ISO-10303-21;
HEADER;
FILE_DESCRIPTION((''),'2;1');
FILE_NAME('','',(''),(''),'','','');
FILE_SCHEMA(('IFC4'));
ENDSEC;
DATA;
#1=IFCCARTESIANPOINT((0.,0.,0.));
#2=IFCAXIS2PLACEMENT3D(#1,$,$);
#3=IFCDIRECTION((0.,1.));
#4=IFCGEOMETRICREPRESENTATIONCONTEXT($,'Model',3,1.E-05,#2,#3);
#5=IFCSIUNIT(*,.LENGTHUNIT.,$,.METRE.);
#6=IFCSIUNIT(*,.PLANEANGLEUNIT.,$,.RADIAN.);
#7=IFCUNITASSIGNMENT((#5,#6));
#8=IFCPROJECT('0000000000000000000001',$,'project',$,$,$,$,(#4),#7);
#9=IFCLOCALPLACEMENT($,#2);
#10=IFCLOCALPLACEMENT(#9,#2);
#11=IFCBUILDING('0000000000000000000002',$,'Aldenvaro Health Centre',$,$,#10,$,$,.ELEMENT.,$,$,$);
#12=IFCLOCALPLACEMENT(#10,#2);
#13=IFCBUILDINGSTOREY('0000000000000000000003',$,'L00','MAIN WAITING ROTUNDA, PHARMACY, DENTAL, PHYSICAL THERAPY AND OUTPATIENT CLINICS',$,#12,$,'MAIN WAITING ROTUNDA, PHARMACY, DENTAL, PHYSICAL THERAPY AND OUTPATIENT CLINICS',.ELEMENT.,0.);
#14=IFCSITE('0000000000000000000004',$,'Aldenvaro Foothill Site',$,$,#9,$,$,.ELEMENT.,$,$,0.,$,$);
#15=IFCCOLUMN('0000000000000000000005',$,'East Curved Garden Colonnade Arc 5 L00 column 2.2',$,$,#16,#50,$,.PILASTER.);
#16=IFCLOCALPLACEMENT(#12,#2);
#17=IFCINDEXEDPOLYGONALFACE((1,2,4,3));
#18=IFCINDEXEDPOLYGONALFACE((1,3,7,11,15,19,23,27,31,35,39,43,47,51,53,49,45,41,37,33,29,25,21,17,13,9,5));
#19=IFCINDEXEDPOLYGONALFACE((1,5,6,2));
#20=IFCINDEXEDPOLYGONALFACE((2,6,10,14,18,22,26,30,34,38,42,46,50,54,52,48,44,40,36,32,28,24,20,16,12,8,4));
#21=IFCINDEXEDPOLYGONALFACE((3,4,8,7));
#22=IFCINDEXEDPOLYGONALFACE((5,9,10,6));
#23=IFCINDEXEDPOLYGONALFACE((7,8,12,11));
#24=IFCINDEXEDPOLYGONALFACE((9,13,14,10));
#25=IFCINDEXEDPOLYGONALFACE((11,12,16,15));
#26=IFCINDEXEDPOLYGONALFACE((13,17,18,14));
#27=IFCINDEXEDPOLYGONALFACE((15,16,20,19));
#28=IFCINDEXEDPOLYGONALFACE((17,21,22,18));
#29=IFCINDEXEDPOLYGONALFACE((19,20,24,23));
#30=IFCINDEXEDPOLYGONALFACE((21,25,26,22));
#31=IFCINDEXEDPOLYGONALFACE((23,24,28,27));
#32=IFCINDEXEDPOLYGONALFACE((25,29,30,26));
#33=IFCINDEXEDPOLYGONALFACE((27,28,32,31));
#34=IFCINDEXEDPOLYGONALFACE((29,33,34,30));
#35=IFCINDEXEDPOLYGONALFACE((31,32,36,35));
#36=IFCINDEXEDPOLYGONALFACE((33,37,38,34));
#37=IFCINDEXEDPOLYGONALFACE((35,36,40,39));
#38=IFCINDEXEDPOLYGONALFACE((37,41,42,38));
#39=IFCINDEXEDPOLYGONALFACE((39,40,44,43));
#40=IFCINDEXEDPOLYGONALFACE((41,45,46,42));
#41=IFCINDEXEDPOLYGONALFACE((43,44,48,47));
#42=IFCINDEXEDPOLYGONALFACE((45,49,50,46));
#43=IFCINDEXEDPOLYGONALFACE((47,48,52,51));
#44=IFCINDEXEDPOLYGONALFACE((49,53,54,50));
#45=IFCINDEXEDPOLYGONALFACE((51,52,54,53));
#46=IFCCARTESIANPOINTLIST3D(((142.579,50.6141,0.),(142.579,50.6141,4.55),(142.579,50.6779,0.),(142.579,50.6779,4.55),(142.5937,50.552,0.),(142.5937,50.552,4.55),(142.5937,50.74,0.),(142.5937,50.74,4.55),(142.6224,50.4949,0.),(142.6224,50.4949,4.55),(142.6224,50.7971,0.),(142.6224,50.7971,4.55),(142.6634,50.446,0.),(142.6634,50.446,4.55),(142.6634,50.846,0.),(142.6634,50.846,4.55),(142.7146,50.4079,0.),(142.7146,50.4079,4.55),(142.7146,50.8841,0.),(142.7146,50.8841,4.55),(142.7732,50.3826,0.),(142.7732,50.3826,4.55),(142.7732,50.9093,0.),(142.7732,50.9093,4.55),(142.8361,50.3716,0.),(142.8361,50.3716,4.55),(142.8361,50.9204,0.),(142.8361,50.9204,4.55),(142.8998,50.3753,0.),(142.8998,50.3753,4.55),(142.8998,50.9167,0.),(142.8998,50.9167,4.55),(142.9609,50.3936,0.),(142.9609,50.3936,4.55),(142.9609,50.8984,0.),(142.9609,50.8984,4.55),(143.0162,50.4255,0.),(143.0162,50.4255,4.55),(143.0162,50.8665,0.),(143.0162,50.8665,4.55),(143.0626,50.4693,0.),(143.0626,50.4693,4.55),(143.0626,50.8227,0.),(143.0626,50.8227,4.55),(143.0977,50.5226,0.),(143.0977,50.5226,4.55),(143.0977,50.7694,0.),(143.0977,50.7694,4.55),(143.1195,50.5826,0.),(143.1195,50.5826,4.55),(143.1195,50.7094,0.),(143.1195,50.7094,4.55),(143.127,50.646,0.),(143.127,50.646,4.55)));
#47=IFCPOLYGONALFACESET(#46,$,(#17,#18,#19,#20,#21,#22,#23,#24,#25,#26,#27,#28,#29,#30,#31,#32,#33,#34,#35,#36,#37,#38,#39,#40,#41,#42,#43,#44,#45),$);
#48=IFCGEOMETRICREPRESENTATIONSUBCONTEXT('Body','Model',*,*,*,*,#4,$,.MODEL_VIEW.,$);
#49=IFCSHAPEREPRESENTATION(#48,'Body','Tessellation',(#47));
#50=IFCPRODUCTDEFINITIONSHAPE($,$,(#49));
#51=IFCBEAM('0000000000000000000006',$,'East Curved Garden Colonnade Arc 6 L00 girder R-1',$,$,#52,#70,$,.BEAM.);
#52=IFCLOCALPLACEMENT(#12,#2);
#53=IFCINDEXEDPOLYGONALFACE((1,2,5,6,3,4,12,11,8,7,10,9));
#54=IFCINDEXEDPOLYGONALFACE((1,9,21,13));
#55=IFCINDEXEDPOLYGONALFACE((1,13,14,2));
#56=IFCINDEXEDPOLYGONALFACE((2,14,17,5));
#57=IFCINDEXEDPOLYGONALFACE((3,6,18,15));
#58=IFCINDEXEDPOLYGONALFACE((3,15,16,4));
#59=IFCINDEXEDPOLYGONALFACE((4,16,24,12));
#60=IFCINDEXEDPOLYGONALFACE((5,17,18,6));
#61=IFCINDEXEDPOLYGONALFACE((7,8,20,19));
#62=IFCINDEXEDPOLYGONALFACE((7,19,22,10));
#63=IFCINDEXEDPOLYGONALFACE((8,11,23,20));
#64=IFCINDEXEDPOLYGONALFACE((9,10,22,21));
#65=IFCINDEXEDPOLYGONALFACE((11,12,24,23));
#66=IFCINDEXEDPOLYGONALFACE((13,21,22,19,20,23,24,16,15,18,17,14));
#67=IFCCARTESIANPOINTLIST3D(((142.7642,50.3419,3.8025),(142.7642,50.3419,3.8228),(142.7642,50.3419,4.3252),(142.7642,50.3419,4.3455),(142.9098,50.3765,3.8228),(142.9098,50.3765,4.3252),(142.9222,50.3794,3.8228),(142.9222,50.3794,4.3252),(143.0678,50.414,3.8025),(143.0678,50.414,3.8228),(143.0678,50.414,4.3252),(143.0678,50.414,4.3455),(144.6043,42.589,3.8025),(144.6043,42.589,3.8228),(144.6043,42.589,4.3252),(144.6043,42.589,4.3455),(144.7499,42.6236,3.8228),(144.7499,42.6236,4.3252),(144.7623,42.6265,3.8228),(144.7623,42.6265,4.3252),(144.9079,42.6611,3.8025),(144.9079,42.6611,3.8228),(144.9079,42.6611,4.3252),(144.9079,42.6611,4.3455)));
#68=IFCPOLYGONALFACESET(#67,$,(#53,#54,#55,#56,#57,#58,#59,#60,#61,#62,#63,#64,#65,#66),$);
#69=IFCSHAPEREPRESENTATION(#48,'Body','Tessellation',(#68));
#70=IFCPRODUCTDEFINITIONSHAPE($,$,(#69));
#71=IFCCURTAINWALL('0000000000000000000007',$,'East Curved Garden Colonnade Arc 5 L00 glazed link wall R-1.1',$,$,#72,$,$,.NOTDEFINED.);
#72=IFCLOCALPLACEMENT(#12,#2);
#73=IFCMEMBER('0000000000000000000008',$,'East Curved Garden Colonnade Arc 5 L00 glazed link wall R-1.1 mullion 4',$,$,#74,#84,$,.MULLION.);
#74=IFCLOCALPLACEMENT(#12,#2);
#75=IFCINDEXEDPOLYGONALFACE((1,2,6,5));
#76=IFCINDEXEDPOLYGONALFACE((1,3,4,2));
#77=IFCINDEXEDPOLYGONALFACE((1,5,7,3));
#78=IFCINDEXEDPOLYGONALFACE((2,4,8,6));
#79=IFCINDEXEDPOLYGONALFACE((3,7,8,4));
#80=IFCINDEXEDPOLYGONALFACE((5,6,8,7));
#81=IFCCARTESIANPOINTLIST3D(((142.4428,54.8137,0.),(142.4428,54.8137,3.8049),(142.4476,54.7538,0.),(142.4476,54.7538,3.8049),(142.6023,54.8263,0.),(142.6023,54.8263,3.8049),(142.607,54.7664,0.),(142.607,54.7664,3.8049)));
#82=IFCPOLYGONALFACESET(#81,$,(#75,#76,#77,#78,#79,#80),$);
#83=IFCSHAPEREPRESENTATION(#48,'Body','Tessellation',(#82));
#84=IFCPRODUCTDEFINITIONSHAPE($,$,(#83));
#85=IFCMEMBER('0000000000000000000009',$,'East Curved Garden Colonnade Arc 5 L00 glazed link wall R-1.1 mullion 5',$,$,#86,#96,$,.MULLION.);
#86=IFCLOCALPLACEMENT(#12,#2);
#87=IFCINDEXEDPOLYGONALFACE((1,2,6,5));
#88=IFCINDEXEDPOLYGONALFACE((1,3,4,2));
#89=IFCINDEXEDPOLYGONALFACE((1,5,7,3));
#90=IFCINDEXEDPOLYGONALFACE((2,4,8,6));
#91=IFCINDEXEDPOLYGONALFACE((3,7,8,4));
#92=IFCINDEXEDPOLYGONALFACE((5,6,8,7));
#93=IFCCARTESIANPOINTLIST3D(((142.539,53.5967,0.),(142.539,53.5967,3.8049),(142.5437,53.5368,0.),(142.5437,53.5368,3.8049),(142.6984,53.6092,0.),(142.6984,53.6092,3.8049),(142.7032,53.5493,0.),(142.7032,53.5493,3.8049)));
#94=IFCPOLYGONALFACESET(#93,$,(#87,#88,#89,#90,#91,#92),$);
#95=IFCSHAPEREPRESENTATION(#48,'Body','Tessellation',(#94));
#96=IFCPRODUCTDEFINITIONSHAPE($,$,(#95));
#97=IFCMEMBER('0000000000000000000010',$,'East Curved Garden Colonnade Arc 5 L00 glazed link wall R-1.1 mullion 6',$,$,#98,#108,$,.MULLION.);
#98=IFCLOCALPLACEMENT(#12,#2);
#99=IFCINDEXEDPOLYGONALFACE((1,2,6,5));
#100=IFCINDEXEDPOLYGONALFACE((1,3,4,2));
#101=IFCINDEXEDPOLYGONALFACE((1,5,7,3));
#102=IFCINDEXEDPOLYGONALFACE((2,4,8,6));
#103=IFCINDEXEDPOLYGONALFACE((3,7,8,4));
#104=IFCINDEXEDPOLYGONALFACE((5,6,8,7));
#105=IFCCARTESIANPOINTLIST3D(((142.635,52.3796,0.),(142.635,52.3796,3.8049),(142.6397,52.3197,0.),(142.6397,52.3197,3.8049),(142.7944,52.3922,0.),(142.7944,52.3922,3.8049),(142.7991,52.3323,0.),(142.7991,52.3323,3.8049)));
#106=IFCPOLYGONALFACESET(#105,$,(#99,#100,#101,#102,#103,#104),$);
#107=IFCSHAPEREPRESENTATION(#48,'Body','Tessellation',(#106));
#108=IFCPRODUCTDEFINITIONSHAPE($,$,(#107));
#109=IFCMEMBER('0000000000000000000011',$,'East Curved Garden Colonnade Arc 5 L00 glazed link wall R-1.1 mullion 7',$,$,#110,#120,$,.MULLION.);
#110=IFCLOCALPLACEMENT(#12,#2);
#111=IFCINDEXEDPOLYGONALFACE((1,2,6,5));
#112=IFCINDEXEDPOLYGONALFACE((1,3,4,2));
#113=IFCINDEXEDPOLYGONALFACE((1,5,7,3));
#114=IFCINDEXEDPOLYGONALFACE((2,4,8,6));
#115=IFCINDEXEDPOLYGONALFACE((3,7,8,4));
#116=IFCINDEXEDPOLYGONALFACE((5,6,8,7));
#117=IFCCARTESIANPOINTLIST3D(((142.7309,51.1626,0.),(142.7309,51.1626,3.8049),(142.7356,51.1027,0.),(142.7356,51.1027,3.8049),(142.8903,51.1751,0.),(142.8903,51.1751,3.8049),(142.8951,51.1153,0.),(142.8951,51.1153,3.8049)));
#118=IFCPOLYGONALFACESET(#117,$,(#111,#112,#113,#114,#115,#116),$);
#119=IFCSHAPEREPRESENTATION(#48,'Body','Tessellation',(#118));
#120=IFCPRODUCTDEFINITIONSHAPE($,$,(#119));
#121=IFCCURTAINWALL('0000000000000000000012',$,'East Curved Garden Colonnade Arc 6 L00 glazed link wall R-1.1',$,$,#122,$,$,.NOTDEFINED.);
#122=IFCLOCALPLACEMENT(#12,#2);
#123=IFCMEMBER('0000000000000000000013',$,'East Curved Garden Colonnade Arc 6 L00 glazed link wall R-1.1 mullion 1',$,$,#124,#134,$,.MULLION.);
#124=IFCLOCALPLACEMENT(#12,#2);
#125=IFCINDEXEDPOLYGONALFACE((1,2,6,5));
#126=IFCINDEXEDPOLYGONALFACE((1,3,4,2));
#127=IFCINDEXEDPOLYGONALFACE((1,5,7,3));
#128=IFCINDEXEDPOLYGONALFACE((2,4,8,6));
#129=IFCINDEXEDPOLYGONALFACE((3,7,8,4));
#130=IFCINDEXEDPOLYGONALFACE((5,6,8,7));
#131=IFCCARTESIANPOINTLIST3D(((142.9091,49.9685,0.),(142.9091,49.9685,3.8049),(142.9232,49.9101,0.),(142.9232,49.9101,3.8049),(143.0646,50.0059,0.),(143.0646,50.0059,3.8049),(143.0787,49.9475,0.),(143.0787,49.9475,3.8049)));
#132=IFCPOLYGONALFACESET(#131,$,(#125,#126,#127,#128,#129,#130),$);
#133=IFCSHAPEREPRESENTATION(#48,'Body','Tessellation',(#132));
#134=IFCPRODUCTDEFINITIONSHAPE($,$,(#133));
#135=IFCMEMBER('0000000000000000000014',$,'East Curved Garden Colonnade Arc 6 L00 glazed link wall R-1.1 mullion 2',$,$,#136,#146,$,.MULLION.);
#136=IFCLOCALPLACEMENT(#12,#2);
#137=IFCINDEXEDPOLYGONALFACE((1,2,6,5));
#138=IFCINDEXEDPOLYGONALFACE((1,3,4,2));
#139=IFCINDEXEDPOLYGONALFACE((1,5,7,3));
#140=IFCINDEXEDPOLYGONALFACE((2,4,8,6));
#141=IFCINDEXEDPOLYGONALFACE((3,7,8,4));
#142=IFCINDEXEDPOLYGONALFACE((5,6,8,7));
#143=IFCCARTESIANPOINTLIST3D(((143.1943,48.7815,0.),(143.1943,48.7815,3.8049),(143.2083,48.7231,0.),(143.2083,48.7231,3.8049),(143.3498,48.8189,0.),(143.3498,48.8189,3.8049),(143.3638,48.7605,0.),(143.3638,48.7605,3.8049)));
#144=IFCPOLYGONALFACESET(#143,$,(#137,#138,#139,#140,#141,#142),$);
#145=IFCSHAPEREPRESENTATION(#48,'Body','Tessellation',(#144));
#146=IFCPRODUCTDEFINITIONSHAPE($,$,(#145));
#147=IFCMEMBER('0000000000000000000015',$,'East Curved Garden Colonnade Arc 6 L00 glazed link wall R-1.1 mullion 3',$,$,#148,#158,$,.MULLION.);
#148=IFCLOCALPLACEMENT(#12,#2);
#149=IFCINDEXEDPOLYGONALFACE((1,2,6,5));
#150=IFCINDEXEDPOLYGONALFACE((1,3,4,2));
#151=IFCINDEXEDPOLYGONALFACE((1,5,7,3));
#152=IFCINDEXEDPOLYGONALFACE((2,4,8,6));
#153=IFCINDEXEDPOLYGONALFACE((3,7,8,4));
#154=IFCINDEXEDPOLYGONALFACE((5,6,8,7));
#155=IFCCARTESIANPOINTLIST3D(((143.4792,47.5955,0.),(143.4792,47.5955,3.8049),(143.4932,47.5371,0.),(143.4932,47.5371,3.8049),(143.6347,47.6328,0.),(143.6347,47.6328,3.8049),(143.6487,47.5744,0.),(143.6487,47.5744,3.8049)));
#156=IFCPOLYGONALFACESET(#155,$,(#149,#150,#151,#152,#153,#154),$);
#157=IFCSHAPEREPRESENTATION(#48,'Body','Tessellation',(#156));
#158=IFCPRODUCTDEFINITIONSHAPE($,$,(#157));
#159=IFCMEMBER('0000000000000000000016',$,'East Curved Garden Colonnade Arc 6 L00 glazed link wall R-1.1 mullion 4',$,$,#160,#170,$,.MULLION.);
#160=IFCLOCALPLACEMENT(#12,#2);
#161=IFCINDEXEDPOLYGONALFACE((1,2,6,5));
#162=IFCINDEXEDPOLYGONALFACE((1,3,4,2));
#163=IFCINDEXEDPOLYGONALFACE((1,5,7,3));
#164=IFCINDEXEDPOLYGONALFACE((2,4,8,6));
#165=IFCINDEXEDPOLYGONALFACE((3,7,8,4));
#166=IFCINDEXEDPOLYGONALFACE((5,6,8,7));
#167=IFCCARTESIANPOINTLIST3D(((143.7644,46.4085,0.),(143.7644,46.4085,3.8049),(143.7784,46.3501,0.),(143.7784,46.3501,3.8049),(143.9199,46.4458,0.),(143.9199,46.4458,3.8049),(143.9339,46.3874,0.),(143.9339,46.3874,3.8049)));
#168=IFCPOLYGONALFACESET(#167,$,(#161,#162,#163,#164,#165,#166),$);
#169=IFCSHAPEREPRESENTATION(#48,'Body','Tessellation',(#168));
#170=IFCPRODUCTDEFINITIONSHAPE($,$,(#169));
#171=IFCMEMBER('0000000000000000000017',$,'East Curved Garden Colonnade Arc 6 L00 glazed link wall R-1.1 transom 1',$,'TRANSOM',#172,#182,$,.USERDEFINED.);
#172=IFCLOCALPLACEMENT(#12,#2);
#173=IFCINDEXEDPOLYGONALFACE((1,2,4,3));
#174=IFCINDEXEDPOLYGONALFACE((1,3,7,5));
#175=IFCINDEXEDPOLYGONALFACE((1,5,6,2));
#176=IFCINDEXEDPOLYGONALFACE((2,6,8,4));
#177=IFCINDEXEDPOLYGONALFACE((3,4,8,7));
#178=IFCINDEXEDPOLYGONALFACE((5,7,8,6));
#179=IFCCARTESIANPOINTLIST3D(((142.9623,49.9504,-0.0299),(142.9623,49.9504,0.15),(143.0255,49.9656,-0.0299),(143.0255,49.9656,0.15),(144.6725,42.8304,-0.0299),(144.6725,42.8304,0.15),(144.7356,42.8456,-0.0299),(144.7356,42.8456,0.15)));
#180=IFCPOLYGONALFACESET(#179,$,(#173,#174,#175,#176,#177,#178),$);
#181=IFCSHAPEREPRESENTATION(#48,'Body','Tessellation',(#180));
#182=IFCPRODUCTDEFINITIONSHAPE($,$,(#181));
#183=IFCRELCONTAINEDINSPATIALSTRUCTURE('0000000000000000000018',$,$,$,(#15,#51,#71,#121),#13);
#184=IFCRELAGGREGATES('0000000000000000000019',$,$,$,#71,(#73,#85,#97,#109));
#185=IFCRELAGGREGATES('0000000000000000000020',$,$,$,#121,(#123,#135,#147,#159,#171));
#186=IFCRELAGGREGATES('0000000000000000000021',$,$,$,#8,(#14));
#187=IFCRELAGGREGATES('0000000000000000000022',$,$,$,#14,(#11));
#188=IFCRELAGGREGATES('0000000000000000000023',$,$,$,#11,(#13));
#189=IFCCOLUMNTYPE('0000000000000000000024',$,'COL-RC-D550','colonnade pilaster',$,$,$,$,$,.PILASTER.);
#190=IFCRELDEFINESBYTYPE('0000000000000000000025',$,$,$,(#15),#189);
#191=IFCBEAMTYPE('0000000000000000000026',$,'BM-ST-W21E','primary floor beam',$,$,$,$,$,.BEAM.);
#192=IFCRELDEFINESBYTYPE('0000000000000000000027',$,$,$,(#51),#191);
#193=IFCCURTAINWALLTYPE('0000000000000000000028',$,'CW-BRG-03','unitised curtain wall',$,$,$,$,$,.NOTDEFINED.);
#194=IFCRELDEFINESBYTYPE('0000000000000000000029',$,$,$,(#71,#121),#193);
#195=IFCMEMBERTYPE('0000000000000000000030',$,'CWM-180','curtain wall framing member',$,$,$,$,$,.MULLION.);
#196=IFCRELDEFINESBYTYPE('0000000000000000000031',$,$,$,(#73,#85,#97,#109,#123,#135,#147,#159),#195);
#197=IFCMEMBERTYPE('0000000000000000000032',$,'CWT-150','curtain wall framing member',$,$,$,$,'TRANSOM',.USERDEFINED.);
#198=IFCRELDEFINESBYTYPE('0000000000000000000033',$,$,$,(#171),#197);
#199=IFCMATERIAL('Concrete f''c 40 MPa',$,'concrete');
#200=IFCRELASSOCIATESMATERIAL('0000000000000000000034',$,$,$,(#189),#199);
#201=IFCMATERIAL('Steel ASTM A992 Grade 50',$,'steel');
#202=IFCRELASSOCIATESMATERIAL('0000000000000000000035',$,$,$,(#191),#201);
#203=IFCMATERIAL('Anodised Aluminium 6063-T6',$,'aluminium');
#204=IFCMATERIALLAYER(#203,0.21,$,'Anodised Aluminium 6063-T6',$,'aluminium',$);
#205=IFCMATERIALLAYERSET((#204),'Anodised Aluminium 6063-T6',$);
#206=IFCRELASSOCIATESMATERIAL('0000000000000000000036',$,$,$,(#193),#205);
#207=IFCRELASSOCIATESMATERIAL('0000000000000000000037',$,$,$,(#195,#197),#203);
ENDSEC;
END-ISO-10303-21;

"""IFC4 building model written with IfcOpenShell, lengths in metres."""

from ifc_helpers import new_model, si_unit, direction, frame, origin, origin_2d, place, context, subcontext, project, spatial, rectangle, circle, i_section, extrude, material, layer, layer_set, material_profile, profile_set, type_object, element, aggregate, save


model = new_model("IFC4")

# Units and contexts
model_context = context("Model", 3, precision=1e-05, world=origin(), true_north=direction((0.0, 1.0)))
body_context = subcontext(model_context, "Body", "Model", "MODEL_VIEW")
ifc_project = project(units=[si_unit("LENGTHUNIT", "METRE"), si_unit("PLANEANGLEUNIT", "RADIAN")], contexts=[model_context])

# Site, building, storey
site_placement = place(None, origin())
site = spatial("IfcSite", under=ifc_project, at=site_placement, Name="Aldenvaro Foothill Site", CompositionType="ELEMENT", RefElevation=0.0)
building_placement = place(site_placement, origin())
building = spatial("IfcBuilding", under=site, at=building_placement, Name="Aldenvaro Health Centre", CompositionType="ELEMENT")
storey_placement = place(building_placement, origin())
storey = spatial("IfcBuildingStorey", under=building, at=storey_placement, Name="L00", Description="MAIN WAITING ROTUNDA, PHARMACY, DENTAL, PHYSICAL THERAPY AND OUTPATIENT CLINICS", LongName="MAIN WAITING ROTUNDA, PHARMACY, DENTAL, PHYSICAL THERAPY AND OUTPATIENT CLINICS", CompositionType="ELEMENT", Elevation=0.0)

# Column
ifc_material_1 = material(Name="Concrete f'c 40 MPa", Category="concrete")
ifc_material_profile_1 = material_profile(ifc_material_1, circle(Radius=0.2749, at=origin_2d()), Name="RC D550", Category="concrete")
ifc_profile_set_1 = profile_set([ifc_material_profile_1], Name="Concrete f'c 40 MPa")
column_type = type_object("IfcColumnType", Name="COL-RC-D550", Description="colonnade pilaster", PredefinedType="PILASTER", material=ifc_profile_set_1)
column_placement = place(storey_placement, frame((142.8521, 50.646, 0.0), z_axis=(0.0, 0.0, 1.0), x_axis=(1.0, 0.0, 0.0)))
element("IfcColumn", 1, at=column_placement, inside=storey, type_object=column_type, Name="East Curved Garden Colonnade Arc 5 L00 column 2.2", PredefinedType="PILASTER", context=body_context, shape_type="SweptSolid", body=[
    extrude(circle(Radius=0.2749, at=origin_2d()), origin(), (0.0, 0.0, 1.0), 4.55),
])

# Beam
ifc_material_2 = material(Name="Steel ASTM A992 Grade 50", Category="steel")
ifc_material_profile_2 = material_profile(ifc_material_2, i_section(OverallWidth=0.312, OverallDepth=0.543, WebThickness=0.0127, FlangeThickness=0.0203, at=origin_2d()), Name="W21X101", Category="steel")
ifc_profile_set_2 = profile_set([ifc_material_profile_2], Name="Steel ASTM A992 Grade 50")
beam_type = type_object("IfcBeamType", Name="BM-ST-W21E", Description="primary floor beam", PredefinedType="BEAM", material=ifc_profile_set_2)
beam_placement = place(storey_placement, frame((142.916, 50.3779, 4.074), z_axis=(0.230926, -0.972971, 0.0), x_axis=(0.972971, 0.230926, 0.0)))
element("IfcBeam", 2, at=beam_placement, inside=storey, type_object=beam_type, Name="East Curved Garden Colonnade Arc 6 L00 girder R-1", PredefinedType="BEAM", context=body_context, shape_type="SweptSolid", body=[
    extrude(i_section(OverallWidth=0.312, OverallDepth=0.543, WebThickness=0.0127, FlangeThickness=0.0203, at=origin_2d()), origin(), (0.0, 0.0, 1.0), 7.9683),
])

# Curtain walls, members
ifc_material_3 = material(Name="Anodised Aluminium 6063-T6", Category="aluminium")
ifc_layer_1 = layer(ifc_material_3, 0.21, Name="Anodised Aluminium 6063-T6", Category="aluminium")
ifc_layer_set_1 = layer_set([ifc_layer_1], Name="Anodised Aluminium 6063-T6")
curtain_wall_type = type_object("IfcCurtainWallType", Name="CW-BRG-03", Description="unitised curtain wall", PredefinedType="NOTDEFINED", material=ifc_layer_set_1)
curtain_wall_1_placement = place(storey_placement, origin())
curtain_wall_1 = element("IfcCurtainWall", 3, at=curtain_wall_1_placement, inside=storey, type_object=curtain_wall_type, Name="East Curved Garden Colonnade Arc 5 L00 glazed link wall R-1.1", PredefinedType="NOTDEFINED")
ifc_material_profile_3 = material_profile(ifc_material_3, rectangle(XDim=0.0601, YDim=0.1599, at=origin_2d()), Name="ALU 60x160", Category="aluminium")
ifc_profile_set_3 = profile_set([ifc_material_profile_3], Name="Anodised Aluminium 6063-T6")
member_type_1 = type_object("IfcMemberType", Name="CWM-180", Description="curtain wall framing member", PredefinedType="MULLION", material=ifc_profile_set_3)
member_1_placement = place(storey_placement, frame((142.5249, 54.79, 0.0), z_axis=(0.0, 0.0, 1.0), x_axis=(0.078513, -0.996913, 0.0)))
member_1 = element("IfcMember", 4, at=member_1_placement, type_object=member_type_1, Name="East Curved Garden Colonnade Arc 5 L00 glazed link wall R-1.1 mullion 4", PredefinedType="MULLION", context=body_context, shape_type="SweptSolid", body=[
    extrude(rectangle(XDim=0.0601, YDim=0.1599, at=origin_2d()), origin(), (0.0, 0.0, 1.0), 3.8049),
])
member_2_placement = place(storey_placement, frame((142.6211, 53.573, 0.0), z_axis=(0.0, 0.0, 1.0), x_axis=(0.078513, -0.996913, 0.0)))
member_2 = element("IfcMember", 5, at=member_2_placement, type_object=member_type_1, Name="East Curved Garden Colonnade Arc 5 L00 glazed link wall R-1.1 mullion 5", PredefinedType="MULLION", context=body_context, shape_type="SweptSolid", body=[
    extrude(rectangle(XDim=0.0601, YDim=0.1599, at=origin_2d()), origin(), (0.0, 0.0, 1.0), 3.8049),
])
member_3_placement = place(storey_placement, frame((142.717, 52.356, 0.0), z_axis=(0.0, 0.0, 1.0), x_axis=(0.078513, -0.996913, 0.0)))
member_3 = element("IfcMember", 6, at=member_3_placement, type_object=member_type_1, Name="East Curved Garden Colonnade Arc 5 L00 glazed link wall R-1.1 mullion 6", PredefinedType="MULLION", context=body_context, shape_type="SweptSolid", body=[
    extrude(rectangle(XDim=0.0601, YDim=0.1599, at=origin_2d()), origin(), (0.0, 0.0, 1.0), 3.8049),
])
member_4_placement = place(storey_placement, frame((142.813, 51.1389, 0.0), z_axis=(0.0, 0.0, 1.0), x_axis=(0.078513, -0.996913, 0.0)))
member_4 = element("IfcMember", 7, at=member_4_placement, type_object=member_type_1, Name="East Curved Garden Colonnade Arc 5 L00 glazed link wall R-1.1 mullion 7", PredefinedType="MULLION", context=body_context, shape_type="SweptSolid", body=[
    extrude(rectangle(XDim=0.0601, YDim=0.1599, at=origin_2d()), origin(), (0.0, 0.0, 1.0), 3.8049),
])
curtain_wall_2_placement = place(storey_placement, origin())
curtain_wall_2 = element("IfcCurtainWall", 8, at=curtain_wall_2_placement, inside=storey, type_object=curtain_wall_type, Name="East Curved Garden Colonnade Arc 6 L00 glazed link wall R-1.1", PredefinedType="NOTDEFINED")
member_5_placement = place(storey_placement, frame((142.9939, 49.958, 0.0), z_axis=(0.0, 0.0, 1.0), x_axis=(0.233528, -0.97235, 0.0)))
member_5 = element("IfcMember", 9, at=member_5_placement, type_object=member_type_1, Name="East Curved Garden Colonnade Arc 6 L00 glazed link wall R-1.1 mullion 1", PredefinedType="MULLION", context=body_context, shape_type="SweptSolid", body=[
    extrude(rectangle(XDim=0.0601, YDim=0.1599, at=origin_2d()), origin(), (0.0, 0.0, 1.0), 3.8049),
])
member_6_placement = place(storey_placement, frame((143.2791, 48.771, 0.0), z_axis=(0.0, 0.0, 1.0), x_axis=(0.233528, -0.97235, 0.0)))
member_6 = element("IfcMember", 10, at=member_6_placement, type_object=member_type_1, Name="East Curved Garden Colonnade Arc 6 L00 glazed link wall R-1.1 mullion 2", PredefinedType="MULLION", context=body_context, shape_type="SweptSolid", body=[
    extrude(rectangle(XDim=0.0601, YDim=0.1599, at=origin_2d()), origin(), (0.0, 0.0, 1.0), 3.8049),
])
member_7_placement = place(storey_placement, frame((143.564, 47.585, 0.0), z_axis=(0.0, 0.0, 1.0), x_axis=(0.233528, -0.97235, 0.0)))
member_7 = element("IfcMember", 11, at=member_7_placement, type_object=member_type_1, Name="East Curved Garden Colonnade Arc 6 L00 glazed link wall R-1.1 mullion 3", PredefinedType="MULLION", context=body_context, shape_type="SweptSolid", body=[
    extrude(rectangle(XDim=0.0601, YDim=0.1599, at=origin_2d()), origin(), (0.0, 0.0, 1.0), 3.8049),
])
member_8_placement = place(storey_placement, frame((143.8491, 46.3979, 0.0), z_axis=(0.0, 0.0, 1.0), x_axis=(0.233528, -0.97235, 0.0)))
member_8 = element("IfcMember", 12, at=member_8_placement, type_object=member_type_1, Name="East Curved Garden Colonnade Arc 6 L00 glazed link wall R-1.1 mullion 4", PredefinedType="MULLION", context=body_context, shape_type="SweptSolid", body=[
    extrude(rectangle(XDim=0.0601, YDim=0.1599, at=origin_2d()), origin(), (0.0, 0.0, 1.0), 3.8049),
])
ifc_material_profile_4 = material_profile(ifc_material_3, rectangle(XDim=0.0649, YDim=0.1799, at=origin_2d()), Name="ALU 65x180", Category="aluminium")
ifc_profile_set_4 = profile_set([ifc_material_profile_4], Name="Anodised Aluminium 6063-T6")
member_type_2 = type_object("IfcMemberType", Name="CWT-150", Description="curtain wall framing member", ElementType="TRANSOM", PredefinedType="USERDEFINED", material=ifc_profile_set_4)
member_9_placement = place(storey_placement, frame((142.9939, 49.958, 0.0601), z_axis=(0.233551, -0.972345, 0.0), x_axis=(0.972345, 0.233551, 0.0)))
member_9 = element("IfcMember", 13, at=member_9_placement, type_object=member_type_2, Name="East Curved Garden Colonnade Arc 6 L00 glazed link wall R-1.1 transom 1", ObjectType="TRANSOM", PredefinedType="USERDEFINED", context=body_context, shape_type="SweptSolid", body=[
    extrude(rectangle(XDim=0.0649, YDim=0.1799, at=origin_2d()), origin(), (0.0, 0.0, 1.0), 7.3225),
])

aggregate(curtain_wall_1, [member_1, member_2, member_3, member_4])
aggregate(curtain_wall_2, [member_5, member_6, member_7, member_8, member_9])

save(model, "model.ifc")
